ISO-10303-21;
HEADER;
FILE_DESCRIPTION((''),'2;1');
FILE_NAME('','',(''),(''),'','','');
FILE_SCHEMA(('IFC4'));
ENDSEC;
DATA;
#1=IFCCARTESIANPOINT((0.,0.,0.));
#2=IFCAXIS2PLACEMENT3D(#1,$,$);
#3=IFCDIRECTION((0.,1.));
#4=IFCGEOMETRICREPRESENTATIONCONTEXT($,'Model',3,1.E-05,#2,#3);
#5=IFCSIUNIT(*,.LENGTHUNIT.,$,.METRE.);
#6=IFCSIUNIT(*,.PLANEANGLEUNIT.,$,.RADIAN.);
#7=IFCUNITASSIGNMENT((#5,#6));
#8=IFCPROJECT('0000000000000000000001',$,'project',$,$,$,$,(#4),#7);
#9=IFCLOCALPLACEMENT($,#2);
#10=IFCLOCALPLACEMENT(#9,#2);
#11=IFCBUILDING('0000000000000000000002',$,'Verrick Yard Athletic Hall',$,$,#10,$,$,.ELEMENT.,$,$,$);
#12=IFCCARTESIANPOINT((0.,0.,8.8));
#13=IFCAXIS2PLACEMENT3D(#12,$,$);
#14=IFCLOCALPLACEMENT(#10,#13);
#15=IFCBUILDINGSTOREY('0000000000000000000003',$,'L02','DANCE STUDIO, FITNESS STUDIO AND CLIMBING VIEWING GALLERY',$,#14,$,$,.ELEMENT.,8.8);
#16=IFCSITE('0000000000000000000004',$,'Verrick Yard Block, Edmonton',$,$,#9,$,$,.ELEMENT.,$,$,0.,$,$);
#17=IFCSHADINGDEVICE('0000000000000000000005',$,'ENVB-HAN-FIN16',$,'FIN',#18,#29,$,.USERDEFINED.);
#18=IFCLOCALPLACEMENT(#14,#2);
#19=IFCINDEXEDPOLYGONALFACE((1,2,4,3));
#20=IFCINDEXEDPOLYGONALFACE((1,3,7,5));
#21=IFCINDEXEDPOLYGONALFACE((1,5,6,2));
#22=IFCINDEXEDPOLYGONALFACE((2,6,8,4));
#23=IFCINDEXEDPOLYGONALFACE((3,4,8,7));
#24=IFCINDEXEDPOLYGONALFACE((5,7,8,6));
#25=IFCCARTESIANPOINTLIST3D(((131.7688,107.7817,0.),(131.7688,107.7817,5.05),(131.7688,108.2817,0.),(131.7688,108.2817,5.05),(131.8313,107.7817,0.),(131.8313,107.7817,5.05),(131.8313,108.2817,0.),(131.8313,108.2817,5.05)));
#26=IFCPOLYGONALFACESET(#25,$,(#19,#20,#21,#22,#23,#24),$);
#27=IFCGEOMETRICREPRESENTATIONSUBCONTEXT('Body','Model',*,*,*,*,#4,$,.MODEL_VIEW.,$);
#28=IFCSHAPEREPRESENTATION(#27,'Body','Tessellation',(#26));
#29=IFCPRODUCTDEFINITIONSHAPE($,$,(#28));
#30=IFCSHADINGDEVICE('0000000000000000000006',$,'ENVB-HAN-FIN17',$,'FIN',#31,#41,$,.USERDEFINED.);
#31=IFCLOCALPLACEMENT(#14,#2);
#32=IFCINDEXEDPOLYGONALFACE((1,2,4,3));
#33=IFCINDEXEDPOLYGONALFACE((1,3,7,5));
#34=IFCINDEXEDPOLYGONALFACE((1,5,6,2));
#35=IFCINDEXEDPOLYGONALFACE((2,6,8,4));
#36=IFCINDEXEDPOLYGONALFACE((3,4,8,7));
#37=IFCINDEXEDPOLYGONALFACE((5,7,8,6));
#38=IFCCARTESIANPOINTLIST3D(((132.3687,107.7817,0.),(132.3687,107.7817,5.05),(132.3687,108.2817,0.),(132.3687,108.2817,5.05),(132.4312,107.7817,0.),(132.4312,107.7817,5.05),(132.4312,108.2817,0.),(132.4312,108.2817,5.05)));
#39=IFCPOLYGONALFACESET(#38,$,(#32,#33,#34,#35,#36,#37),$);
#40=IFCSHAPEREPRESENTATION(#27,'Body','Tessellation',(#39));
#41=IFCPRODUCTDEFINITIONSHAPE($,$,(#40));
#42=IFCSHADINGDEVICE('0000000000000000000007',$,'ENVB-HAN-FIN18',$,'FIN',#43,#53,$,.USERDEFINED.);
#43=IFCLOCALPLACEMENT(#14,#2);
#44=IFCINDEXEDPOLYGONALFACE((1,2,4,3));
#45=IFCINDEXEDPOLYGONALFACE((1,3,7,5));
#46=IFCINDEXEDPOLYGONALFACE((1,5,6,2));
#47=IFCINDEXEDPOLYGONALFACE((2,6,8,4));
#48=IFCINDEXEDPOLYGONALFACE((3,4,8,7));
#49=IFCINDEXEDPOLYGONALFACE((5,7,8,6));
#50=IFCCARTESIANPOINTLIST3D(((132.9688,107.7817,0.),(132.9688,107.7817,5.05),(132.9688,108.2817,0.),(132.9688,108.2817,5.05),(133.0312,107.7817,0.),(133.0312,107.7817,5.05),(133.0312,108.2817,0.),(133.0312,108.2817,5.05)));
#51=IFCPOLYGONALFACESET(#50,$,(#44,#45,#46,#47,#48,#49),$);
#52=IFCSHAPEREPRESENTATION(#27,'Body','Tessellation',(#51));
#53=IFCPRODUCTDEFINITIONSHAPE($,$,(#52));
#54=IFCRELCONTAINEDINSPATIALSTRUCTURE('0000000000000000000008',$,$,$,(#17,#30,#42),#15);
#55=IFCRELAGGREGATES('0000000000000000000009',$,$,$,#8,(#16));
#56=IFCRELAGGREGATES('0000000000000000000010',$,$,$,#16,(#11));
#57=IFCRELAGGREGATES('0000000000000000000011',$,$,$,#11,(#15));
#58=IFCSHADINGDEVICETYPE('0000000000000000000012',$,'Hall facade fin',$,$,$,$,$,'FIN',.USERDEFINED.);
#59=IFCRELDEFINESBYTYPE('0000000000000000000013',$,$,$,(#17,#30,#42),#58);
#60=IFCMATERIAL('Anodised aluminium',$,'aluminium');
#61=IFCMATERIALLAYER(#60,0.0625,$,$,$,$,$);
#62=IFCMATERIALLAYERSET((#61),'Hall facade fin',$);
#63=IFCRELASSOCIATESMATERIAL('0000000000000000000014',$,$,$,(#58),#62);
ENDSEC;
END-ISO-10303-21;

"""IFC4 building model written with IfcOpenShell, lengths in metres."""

from ifc_helpers import new_model, si_unit, direction, frame, origin, place, context, subcontext, project, spatial, polyline, outline, extrude, material, layer, layer_set, type_object, element, save


model = new_model("IFC4")

# Units and contexts
model_context = context("Model", 3, precision=1e-05, world=origin(), true_north=direction((0.0, 1.0)))
body_context = subcontext(model_context, "Body", "Model", "MODEL_VIEW")
ifc_project = project(units=[si_unit("LENGTHUNIT", "METRE"), si_unit("PLANEANGLEUNIT", "RADIAN")], contexts=[model_context])

# Site, building, storey
site_placement = place(None, origin())
site = spatial("IfcSite", under=ifc_project, at=site_placement, Name="Verrick Yard Block, Edmonton", CompositionType="ELEMENT", RefElevation=0.0)
building_placement = place(site_placement, origin())
building = spatial("IfcBuilding", under=site, at=building_placement, Name="Verrick Yard Athletic Hall", CompositionType="ELEMENT")
storey_placement = place(building_placement, frame((0.0, 0.0, 8.8)))
storey = spatial("IfcBuildingStorey", under=building, at=storey_placement, Name="L02", Description="DANCE STUDIO, FITNESS STUDIO AND CLIMBING VIEWING GALLERY", CompositionType="ELEMENT", Elevation=8.8)

# Shared definitions
ifc_material_1 = material(Name="Anodised aluminium", Category="aluminium")

# Shading devices
ifc_layer_1 = layer(ifc_material_1, 0.0625)
ifc_layer_set_1 = layer_set([ifc_layer_1], Name="Hall facade fin")
shading_device_type = type_object("IfcShadingDeviceType", Name="Hall facade fin", ElementType="FIN", PredefinedType="USERDEFINED", material=ifc_layer_set_1)
for number, where, z_axis, x_axis, name in (
    (1, (131.8, 107.7817, 0.0), (0.0, 0.0, 1.0), (0.0, 1.0, 0.0), "ENVB-HAN-FIN16"),
    (2, (132.3999, 107.7817, 0.0), (0.0, 0.0, 1.0), (0.0, 1.0, 0.0), "ENVB-HAN-FIN17"),
    (3, (133.0, 107.7817, 0.0), (0.0, 0.0, 1.0), (0.0, 1.0, 0.0), "ENVB-HAN-FIN18"),
):
    element("IfcShadingDevice", number, at=place(storey_placement, frame(where, z_axis=z_axis, x_axis=x_axis)), inside=storey, type_object=shading_device_type, Name=name, ObjectType="FIN", PredefinedType="USERDEFINED", context=body_context, shape_type="SweptSolid", body=[
        extrude(outline(polyline([(0.0, 0.0), (0.5, 0.0), (0.5, 5.05), (0.0, 5.05), (0.0, 0.0)])), frame((0.0, 0.0312, 0.0), z_axis=(0.0, -1.0, 0.0), x_axis=(1.0, 0.0, 0.0)), (0.0, 0.0, 1.0), 0.0625),
    ])

save(model, "model.ifc")
